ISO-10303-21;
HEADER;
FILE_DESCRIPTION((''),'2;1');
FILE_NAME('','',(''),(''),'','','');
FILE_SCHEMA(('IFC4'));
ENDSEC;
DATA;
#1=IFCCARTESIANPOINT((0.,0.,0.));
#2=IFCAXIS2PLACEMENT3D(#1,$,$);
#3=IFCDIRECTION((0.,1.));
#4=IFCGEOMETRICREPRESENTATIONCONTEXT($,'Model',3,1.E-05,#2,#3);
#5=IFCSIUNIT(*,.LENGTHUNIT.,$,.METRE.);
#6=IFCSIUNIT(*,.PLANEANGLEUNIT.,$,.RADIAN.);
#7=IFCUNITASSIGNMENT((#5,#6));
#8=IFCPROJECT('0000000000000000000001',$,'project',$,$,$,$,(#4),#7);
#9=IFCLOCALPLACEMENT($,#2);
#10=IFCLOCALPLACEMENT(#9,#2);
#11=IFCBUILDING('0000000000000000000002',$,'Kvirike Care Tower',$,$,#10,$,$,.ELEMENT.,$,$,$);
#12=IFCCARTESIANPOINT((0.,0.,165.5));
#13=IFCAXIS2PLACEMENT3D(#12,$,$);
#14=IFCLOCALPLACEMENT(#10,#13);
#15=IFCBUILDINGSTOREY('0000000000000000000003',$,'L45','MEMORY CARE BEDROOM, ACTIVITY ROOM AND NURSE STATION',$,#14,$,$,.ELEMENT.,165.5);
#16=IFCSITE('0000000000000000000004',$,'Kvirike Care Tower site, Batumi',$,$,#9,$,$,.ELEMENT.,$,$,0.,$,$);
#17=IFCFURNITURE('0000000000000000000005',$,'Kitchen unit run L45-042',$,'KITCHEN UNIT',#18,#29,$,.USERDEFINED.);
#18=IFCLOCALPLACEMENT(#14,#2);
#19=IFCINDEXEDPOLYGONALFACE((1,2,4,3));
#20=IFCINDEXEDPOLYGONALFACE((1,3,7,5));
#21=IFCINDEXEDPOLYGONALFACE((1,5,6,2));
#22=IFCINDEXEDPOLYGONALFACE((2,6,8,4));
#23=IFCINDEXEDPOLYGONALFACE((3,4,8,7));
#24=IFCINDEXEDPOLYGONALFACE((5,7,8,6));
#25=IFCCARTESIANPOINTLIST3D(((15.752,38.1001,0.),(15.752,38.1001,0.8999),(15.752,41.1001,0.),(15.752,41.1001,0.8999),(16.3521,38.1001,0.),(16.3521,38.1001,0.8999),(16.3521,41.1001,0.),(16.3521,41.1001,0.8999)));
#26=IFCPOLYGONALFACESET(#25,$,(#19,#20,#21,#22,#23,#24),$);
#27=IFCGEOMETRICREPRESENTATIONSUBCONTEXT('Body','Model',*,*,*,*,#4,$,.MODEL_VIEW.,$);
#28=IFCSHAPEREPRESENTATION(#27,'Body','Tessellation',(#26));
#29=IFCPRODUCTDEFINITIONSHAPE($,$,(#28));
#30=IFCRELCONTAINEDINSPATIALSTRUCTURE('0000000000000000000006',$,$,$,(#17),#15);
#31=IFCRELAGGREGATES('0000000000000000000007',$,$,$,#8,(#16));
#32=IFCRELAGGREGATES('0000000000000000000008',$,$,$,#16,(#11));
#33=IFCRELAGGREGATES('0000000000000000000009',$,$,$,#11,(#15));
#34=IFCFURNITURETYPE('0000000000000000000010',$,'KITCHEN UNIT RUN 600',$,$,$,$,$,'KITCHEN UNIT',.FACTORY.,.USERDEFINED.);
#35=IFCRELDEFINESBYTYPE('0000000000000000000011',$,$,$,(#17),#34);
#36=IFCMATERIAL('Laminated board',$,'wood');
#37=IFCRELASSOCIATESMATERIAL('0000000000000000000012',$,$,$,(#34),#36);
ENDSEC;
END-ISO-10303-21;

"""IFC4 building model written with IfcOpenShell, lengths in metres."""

from ifc_helpers import new_model, si_unit, direction, frame, origin, origin_2d, place, context, subcontext, project, spatial, rectangle, extrude, material, type_object, element, save


model = new_model("IFC4")

# Units and contexts
model_context = context("Model", 3, precision=1e-05, world=origin(), true_north=direction((0.0, 1.0)))
body_context = subcontext(model_context, "Body", "Model", "MODEL_VIEW")
ifc_project = project(units=[si_unit("LENGTHUNIT", "METRE"), si_unit("PLANEANGLEUNIT", "RADIAN")], contexts=[model_context])

# Site, building, storey
site_placement = place(None, origin())
site = spatial("IfcSite", under=ifc_project, at=site_placement, Name="Kvirike Care Tower site, Batumi", CompositionType="ELEMENT", RefElevation=0.0)
building_placement = place(site_placement, origin())
building = spatial("IfcBuilding", under=site, at=building_placement, Name="Kvirike Care Tower", CompositionType="ELEMENT")
storey_placement = place(building_placement, frame((0.0, 0.0, 165.5)))
storey = spatial("IfcBuildingStorey", under=building, at=storey_placement, Name="L45", Description="MEMORY CARE BEDROOM, ACTIVITY ROOM AND NURSE STATION", CompositionType="ELEMENT", Elevation=165.5)

# Furniture
ifc_material_1 = material(Name="Laminated board", Category="wood")
furniture_type = type_object("IfcFurnitureType", Name="KITCHEN UNIT RUN 600", ElementType="KITCHEN UNIT", AssemblyPlace="FACTORY", PredefinedType="USERDEFINED", material=ifc_material_1)
furniture_placement = place(storey_placement, frame((16.052, 39.6001, 0.0), z_axis=(0.0, 0.0, 1.0), x_axis=(0.0, 1.0, 0.0)))
element("IfcFurniture", 1, at=furniture_placement, inside=storey, type_object=furniture_type, Name="Kitchen unit run L45-042", ObjectType="KITCHEN UNIT", PredefinedType="USERDEFINED", context=body_context, shape_type="SweptSolid", body=[
    extrude(rectangle(XDim=3.0, YDim=0.6001, at=origin_2d()), origin(), (0.0, 0.0, 1.0), 0.8999),
])

save(model, "model.ifc")
